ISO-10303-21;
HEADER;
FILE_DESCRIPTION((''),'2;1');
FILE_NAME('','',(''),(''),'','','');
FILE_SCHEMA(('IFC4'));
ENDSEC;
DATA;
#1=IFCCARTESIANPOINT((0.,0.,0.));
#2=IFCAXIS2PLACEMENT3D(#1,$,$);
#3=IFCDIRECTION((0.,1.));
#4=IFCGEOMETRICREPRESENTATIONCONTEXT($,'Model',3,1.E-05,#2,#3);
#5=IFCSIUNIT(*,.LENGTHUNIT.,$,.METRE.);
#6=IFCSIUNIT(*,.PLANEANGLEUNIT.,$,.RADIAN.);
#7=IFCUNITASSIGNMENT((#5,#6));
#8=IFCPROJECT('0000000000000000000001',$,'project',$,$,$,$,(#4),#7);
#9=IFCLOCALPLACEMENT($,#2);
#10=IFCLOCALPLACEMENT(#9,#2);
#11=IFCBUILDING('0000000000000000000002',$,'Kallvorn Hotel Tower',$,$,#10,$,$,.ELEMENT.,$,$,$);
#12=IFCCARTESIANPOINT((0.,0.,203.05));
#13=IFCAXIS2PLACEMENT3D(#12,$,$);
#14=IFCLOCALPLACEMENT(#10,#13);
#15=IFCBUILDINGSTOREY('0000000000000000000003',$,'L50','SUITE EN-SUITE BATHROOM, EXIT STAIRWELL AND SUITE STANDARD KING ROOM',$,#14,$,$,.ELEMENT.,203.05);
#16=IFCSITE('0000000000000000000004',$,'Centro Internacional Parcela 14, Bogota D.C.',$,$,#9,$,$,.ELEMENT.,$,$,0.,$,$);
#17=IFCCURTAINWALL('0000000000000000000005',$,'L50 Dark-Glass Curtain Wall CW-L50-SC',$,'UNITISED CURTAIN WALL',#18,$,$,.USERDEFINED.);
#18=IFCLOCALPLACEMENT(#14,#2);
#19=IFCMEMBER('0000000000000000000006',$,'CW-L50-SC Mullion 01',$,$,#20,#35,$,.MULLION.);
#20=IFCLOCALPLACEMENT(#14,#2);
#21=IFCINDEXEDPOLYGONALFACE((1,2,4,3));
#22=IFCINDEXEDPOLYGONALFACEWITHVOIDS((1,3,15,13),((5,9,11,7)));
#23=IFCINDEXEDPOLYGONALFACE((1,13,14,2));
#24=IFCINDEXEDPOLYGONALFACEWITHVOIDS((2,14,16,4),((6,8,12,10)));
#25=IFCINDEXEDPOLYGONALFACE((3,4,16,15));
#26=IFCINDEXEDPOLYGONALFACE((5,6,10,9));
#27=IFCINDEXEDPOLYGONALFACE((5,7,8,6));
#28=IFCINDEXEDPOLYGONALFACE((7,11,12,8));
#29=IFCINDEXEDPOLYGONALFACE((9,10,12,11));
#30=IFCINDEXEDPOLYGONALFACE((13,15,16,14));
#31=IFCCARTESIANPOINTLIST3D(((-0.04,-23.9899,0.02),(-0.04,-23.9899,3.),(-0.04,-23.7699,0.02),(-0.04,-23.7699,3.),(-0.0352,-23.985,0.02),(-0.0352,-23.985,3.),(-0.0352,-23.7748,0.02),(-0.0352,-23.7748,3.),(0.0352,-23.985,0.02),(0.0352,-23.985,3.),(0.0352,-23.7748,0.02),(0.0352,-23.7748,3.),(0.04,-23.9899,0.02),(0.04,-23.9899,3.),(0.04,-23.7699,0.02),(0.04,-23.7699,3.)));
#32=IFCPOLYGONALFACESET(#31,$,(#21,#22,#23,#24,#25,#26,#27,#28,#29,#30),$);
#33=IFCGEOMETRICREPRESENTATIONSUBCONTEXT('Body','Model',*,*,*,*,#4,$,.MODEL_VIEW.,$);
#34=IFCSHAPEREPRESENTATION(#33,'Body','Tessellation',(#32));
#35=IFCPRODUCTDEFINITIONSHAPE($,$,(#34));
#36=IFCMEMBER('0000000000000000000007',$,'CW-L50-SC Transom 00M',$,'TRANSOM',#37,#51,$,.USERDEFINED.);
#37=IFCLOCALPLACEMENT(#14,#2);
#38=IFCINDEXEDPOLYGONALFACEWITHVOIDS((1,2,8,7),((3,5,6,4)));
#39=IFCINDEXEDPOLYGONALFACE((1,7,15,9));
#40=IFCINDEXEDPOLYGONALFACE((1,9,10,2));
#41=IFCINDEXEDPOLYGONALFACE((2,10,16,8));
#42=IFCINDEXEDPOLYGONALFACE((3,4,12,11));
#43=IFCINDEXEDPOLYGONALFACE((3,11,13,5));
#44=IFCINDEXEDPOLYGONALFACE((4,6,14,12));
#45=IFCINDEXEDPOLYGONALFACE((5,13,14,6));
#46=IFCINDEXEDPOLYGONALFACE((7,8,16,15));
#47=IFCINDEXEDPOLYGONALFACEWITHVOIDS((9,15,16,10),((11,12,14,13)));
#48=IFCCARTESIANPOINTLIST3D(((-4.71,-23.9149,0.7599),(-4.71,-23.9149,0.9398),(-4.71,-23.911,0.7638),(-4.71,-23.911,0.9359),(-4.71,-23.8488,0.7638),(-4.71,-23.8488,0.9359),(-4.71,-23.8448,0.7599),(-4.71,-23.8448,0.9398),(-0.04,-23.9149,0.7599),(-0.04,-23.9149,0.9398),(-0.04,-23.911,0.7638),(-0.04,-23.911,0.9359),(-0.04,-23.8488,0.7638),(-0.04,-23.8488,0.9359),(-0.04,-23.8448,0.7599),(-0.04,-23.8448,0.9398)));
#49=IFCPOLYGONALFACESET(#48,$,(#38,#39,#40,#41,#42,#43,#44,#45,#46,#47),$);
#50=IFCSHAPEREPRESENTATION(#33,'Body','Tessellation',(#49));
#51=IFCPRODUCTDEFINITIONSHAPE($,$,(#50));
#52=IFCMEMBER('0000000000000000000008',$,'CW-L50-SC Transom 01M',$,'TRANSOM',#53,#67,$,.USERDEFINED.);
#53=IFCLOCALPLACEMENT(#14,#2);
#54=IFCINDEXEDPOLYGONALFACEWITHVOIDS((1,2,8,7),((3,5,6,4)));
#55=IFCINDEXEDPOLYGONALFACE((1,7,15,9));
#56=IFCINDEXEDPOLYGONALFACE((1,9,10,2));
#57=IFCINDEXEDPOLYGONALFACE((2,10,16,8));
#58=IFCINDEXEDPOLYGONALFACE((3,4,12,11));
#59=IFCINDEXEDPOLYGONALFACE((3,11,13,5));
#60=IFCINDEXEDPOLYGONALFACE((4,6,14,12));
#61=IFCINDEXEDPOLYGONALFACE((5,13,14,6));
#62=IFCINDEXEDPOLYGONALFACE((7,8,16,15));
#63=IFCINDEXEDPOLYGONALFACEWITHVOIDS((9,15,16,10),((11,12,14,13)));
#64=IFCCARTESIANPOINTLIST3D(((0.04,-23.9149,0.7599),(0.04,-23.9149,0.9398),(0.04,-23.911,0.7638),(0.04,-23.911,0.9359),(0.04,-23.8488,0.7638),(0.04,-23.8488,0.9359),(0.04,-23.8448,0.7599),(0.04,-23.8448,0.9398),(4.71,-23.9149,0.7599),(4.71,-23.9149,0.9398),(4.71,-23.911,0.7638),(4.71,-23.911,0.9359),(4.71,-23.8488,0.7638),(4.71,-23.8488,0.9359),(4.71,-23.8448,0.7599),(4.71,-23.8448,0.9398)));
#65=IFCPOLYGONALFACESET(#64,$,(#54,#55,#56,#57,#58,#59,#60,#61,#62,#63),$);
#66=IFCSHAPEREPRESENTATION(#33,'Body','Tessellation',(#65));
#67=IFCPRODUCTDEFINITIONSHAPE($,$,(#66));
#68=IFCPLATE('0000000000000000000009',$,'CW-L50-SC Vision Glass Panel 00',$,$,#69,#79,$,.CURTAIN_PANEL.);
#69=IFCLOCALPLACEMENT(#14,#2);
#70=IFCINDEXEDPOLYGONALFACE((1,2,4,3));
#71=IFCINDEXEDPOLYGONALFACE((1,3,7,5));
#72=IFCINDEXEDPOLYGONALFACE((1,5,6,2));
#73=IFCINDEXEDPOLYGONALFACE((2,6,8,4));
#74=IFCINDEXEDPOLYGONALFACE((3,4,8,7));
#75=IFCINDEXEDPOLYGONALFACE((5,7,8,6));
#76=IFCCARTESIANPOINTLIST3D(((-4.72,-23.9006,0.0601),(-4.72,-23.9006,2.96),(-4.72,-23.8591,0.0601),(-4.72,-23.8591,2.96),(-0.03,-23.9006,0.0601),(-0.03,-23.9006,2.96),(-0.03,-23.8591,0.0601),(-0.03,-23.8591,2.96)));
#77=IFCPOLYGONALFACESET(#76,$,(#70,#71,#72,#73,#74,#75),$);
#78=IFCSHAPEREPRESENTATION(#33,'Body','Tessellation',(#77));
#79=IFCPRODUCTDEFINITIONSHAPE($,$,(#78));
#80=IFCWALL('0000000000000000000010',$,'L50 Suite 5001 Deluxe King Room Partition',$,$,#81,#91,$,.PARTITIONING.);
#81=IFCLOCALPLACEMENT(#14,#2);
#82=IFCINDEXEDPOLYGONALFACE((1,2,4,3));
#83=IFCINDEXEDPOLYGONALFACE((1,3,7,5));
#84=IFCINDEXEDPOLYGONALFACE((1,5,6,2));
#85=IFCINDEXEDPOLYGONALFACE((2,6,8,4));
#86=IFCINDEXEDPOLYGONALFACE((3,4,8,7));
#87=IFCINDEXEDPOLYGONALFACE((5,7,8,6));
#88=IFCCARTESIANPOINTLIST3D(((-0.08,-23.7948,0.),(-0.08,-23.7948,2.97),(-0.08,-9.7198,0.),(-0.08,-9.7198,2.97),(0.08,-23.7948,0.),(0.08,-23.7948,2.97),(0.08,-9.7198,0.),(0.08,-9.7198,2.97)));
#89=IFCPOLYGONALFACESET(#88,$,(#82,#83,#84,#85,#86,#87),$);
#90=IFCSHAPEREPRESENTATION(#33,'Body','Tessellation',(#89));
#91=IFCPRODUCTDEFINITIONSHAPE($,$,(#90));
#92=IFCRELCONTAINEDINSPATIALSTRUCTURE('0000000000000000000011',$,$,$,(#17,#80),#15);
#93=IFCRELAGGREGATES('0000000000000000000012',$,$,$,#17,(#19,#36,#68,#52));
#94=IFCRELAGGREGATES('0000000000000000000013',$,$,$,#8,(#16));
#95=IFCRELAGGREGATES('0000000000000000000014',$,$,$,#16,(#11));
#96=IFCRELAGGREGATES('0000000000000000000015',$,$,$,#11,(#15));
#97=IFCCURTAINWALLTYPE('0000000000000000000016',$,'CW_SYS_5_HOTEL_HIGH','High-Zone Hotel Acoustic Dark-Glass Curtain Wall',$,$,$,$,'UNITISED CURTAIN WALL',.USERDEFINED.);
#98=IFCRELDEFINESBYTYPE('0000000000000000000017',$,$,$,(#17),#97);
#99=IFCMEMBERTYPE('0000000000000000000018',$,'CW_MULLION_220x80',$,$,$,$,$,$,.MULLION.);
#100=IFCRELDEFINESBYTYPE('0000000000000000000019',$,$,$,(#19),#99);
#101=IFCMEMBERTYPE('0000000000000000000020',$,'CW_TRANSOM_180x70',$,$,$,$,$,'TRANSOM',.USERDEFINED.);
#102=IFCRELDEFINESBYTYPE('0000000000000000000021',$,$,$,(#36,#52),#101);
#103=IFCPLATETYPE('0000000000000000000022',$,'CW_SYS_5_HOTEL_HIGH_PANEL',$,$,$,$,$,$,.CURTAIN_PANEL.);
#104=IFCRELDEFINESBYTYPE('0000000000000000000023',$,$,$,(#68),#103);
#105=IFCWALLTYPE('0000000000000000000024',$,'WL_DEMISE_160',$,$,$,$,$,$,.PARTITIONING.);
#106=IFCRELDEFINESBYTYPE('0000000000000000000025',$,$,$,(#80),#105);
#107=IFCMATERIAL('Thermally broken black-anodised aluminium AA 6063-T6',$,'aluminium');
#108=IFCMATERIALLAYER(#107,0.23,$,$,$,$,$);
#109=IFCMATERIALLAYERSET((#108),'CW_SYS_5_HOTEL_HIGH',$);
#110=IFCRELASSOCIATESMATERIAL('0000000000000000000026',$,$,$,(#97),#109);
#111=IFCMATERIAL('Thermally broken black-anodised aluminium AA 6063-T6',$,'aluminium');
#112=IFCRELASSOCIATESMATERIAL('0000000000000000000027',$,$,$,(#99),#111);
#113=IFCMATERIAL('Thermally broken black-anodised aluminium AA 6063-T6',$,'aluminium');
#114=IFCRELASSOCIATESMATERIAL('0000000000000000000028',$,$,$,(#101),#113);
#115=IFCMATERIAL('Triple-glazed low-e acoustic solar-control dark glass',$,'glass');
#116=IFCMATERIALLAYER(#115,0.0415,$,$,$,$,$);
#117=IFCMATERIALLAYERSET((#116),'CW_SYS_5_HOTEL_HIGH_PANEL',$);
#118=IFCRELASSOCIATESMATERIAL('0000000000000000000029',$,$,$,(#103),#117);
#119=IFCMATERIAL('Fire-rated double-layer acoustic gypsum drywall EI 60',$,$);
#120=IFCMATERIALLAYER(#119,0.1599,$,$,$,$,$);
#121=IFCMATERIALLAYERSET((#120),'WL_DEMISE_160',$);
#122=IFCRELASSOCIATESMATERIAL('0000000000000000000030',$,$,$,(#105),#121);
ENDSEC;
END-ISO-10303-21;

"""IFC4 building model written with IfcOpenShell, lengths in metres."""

from ifc_helpers import new_model, si_unit, direction, frame, frame_2d, origin, origin_2d, place, context, subcontext, project, spatial, rectangle, hollow_rectangle, extrude, material, layer, layer_set, material_profile, profile_set, type_object, element, aggregate, save


model = new_model("IFC4")

# Units and contexts
model_context = context("Model", 3, precision=1e-05, world=origin(), true_north=direction((0.0, 1.0)))
body_context = subcontext(model_context, "Body", "Model", "MODEL_VIEW")
ifc_project = project(units=[si_unit("LENGTHUNIT", "METRE"), si_unit("PLANEANGLEUNIT", "RADIAN")], contexts=[model_context])

# Site, building, storey
site_placement = place(None, origin())
site = spatial("IfcSite", under=ifc_project, at=site_placement, Name="Centro Internacional Parcela 14, Bogota D.C.", CompositionType="ELEMENT", RefElevation=0.0)
building_placement = place(site_placement, origin())
building = spatial("IfcBuilding", under=site, at=building_placement, Name="Kallvorn Hotel Tower", CompositionType="ELEMENT")
storey_placement = place(building_placement, frame((0.0, 0.0, 203.05)))
storey = spatial("IfcBuildingStorey", under=building, at=storey_placement, Name="L50", Description="SUITE EN-SUITE BATHROOM, EXIT STAIRWELL AND SUITE STANDARD KING ROOM", CompositionType="ELEMENT", Elevation=203.05)

# Curtain wall, members, plate
ifc_material_1 = material(Name="Thermally broken black-anodised aluminium AA 6063-T6", Category="aluminium")
ifc_layer_1 = layer(ifc_material_1, 0.23)
ifc_layer_set_1 = layer_set([ifc_layer_1], Name="CW_SYS_5_HOTEL_HIGH")
curtain_wall_type = type_object("IfcCurtainWallType", Name="CW_SYS_5_HOTEL_HIGH", Description="High-Zone Hotel Acoustic Dark-Glass Curtain Wall", ElementType="UNITISED CURTAIN WALL", PredefinedType="USERDEFINED", material=ifc_layer_set_1)
curtain_wall_placement = place(storey_placement, origin())
curtain_wall = element("IfcCurtainWall", 1, at=curtain_wall_placement, inside=storey, type_object=curtain_wall_type, Name="L50 Dark-Glass Curtain Wall CW-L50-SC", ObjectType="UNITISED CURTAIN WALL", PredefinedType="USERDEFINED")
ifc_material_2 = material(Name="Thermally broken black-anodised aluminium AA 6063-T6", Category="aluminium")
ifc_material_profile_1 = material_profile(ifc_material_2, hollow_rectangle(XDim=0.0801, YDim=0.22, WallThickness=0.0049, at=origin_2d()), Name="MUL 220x80")
ifc_profile_set_1 = profile_set([ifc_material_profile_1], Name="Thermally broken black-anodised aluminium AA 6063-T6")
member_type_1 = type_object("IfcMemberType", Name="CW_MULLION_220x80", PredefinedType="MULLION", material=ifc_profile_set_1)
member_1_placement = place(storey_placement, frame((0.0, -23.8799, 0.02), z_axis=(0.0, 0.0, 1.0), x_axis=(1.0, 0.0, 0.0)))
member_1 = element("IfcMember", 2, at=member_1_placement, type_object=member_type_1, Name="CW-L50-SC Mullion 01", PredefinedType="MULLION", context=body_context, shape_type="SweptSolid", body=[
    extrude(hollow_rectangle(XDim=0.0801, YDim=0.22, WallThickness=0.0049, at=origin_2d()), origin(), (0.0, 0.0, 1.0), 2.98),
])
ifc_material_3 = material(Name="Thermally broken black-anodised aluminium AA 6063-T6", Category="aluminium")
ifc_material_profile_2 = material_profile(ifc_material_3, hollow_rectangle(XDim=0.0701, YDim=0.1799, WallThickness=0.0039, at=origin_2d()), Name="TRN 180x70")
ifc_profile_set_2 = profile_set([ifc_material_profile_2], Name="Thermally broken black-anodised aluminium AA 6063-T6")
member_type_2 = type_object("IfcMemberType", Name="CW_TRANSOM_180x70", ElementType="TRANSOM", PredefinedType="USERDEFINED", material=ifc_profile_set_2)
member_2_placement = place(storey_placement, frame((-4.71, -23.8799, 0.8499), z_axis=(1.0, 0.0, 0.0), x_axis=(0.0, 1.0, 0.0)))
member_2 = element("IfcMember", 3, at=member_2_placement, type_object=member_type_2, Name="CW-L50-SC Transom 00M", ObjectType="TRANSOM", PredefinedType="USERDEFINED", context=body_context, shape_type="SweptSolid", body=[
    extrude(hollow_rectangle(XDim=0.0701, YDim=0.1799, WallThickness=0.0039, at=origin_2d()), origin(), (0.0, 0.0, 1.0), 4.6699),
])
member_3_placement = place(storey_placement, frame((0.04, -23.8799, 0.8499), z_axis=(1.0, 0.0, 0.0), x_axis=(0.0, 1.0, 0.0)))
member_3 = element("IfcMember", 4, at=member_3_placement, type_object=member_type_2, Name="CW-L50-SC Transom 01M", ObjectType="TRANSOM", PredefinedType="USERDEFINED", context=body_context, shape_type="SweptSolid", body=[
    extrude(hollow_rectangle(XDim=0.0701, YDim=0.1799, WallThickness=0.0039, at=origin_2d()), origin(), (0.0, 0.0, 1.0), 4.6699),
])
ifc_material_4 = material(Name="Triple-glazed low-e acoustic solar-control dark glass", Category="glass")
ifc_layer_2 = layer(ifc_material_4, 0.0415)
ifc_layer_set_2 = layer_set([ifc_layer_2], Name="CW_SYS_5_HOTEL_HIGH_PANEL")
plate_type = type_object("IfcPlateType", Name="CW_SYS_5_HOTEL_HIGH_PANEL", PredefinedType="CURTAIN_PANEL", material=ifc_layer_set_2)
plate_placement = place(storey_placement, frame((-2.375, -23.8799, 0.0601), z_axis=(0.0, 0.0, 1.0), x_axis=(1.0, 0.0, 0.0)))
plate = element("IfcPlate", 5, at=plate_placement, type_object=plate_type, Name="CW-L50-SC Vision Glass Panel 00", PredefinedType="CURTAIN_PANEL", context=body_context, shape_type="SweptSolid", body=[
    extrude(rectangle(XDim=4.6899, YDim=0.0415, at=origin_2d()), origin(), (0.0, 0.0, 1.0), 2.8999),
])
aggregate(curtain_wall, [member_1, member_2, plate, member_3])

# Wall
ifc_material_5 = material(Name="Fire-rated double-layer acoustic gypsum drywall EI 60")
ifc_layer_3 = layer(ifc_material_5, 0.1599)
ifc_layer_set_3 = layer_set([ifc_layer_3], Name="WL_DEMISE_160")
wall_type = type_object("IfcWallType", Name="WL_DEMISE_160", PredefinedType="PARTITIONING", material=ifc_layer_set_3)
wall_placement = place(storey_placement, frame((0.0, -23.7949, 0.0), z_axis=(0.0, 0.0, 1.0), x_axis=(0.0, 1.0, 0.0)))
element("IfcWall", 6, at=wall_placement, inside=storey, type_object=wall_type, Name="L50 Suite 5001 Deluxe King Room Partition", PredefinedType="PARTITIONING", context=body_context, shape_type="SweptSolid", body=[
    extrude(rectangle(XDim=14.075, YDim=0.1599, at=frame_2d((7.0376, 0.0))), origin(), (0.0, 0.0, 1.0), 2.97),
])

save(model, "model.ifc")
